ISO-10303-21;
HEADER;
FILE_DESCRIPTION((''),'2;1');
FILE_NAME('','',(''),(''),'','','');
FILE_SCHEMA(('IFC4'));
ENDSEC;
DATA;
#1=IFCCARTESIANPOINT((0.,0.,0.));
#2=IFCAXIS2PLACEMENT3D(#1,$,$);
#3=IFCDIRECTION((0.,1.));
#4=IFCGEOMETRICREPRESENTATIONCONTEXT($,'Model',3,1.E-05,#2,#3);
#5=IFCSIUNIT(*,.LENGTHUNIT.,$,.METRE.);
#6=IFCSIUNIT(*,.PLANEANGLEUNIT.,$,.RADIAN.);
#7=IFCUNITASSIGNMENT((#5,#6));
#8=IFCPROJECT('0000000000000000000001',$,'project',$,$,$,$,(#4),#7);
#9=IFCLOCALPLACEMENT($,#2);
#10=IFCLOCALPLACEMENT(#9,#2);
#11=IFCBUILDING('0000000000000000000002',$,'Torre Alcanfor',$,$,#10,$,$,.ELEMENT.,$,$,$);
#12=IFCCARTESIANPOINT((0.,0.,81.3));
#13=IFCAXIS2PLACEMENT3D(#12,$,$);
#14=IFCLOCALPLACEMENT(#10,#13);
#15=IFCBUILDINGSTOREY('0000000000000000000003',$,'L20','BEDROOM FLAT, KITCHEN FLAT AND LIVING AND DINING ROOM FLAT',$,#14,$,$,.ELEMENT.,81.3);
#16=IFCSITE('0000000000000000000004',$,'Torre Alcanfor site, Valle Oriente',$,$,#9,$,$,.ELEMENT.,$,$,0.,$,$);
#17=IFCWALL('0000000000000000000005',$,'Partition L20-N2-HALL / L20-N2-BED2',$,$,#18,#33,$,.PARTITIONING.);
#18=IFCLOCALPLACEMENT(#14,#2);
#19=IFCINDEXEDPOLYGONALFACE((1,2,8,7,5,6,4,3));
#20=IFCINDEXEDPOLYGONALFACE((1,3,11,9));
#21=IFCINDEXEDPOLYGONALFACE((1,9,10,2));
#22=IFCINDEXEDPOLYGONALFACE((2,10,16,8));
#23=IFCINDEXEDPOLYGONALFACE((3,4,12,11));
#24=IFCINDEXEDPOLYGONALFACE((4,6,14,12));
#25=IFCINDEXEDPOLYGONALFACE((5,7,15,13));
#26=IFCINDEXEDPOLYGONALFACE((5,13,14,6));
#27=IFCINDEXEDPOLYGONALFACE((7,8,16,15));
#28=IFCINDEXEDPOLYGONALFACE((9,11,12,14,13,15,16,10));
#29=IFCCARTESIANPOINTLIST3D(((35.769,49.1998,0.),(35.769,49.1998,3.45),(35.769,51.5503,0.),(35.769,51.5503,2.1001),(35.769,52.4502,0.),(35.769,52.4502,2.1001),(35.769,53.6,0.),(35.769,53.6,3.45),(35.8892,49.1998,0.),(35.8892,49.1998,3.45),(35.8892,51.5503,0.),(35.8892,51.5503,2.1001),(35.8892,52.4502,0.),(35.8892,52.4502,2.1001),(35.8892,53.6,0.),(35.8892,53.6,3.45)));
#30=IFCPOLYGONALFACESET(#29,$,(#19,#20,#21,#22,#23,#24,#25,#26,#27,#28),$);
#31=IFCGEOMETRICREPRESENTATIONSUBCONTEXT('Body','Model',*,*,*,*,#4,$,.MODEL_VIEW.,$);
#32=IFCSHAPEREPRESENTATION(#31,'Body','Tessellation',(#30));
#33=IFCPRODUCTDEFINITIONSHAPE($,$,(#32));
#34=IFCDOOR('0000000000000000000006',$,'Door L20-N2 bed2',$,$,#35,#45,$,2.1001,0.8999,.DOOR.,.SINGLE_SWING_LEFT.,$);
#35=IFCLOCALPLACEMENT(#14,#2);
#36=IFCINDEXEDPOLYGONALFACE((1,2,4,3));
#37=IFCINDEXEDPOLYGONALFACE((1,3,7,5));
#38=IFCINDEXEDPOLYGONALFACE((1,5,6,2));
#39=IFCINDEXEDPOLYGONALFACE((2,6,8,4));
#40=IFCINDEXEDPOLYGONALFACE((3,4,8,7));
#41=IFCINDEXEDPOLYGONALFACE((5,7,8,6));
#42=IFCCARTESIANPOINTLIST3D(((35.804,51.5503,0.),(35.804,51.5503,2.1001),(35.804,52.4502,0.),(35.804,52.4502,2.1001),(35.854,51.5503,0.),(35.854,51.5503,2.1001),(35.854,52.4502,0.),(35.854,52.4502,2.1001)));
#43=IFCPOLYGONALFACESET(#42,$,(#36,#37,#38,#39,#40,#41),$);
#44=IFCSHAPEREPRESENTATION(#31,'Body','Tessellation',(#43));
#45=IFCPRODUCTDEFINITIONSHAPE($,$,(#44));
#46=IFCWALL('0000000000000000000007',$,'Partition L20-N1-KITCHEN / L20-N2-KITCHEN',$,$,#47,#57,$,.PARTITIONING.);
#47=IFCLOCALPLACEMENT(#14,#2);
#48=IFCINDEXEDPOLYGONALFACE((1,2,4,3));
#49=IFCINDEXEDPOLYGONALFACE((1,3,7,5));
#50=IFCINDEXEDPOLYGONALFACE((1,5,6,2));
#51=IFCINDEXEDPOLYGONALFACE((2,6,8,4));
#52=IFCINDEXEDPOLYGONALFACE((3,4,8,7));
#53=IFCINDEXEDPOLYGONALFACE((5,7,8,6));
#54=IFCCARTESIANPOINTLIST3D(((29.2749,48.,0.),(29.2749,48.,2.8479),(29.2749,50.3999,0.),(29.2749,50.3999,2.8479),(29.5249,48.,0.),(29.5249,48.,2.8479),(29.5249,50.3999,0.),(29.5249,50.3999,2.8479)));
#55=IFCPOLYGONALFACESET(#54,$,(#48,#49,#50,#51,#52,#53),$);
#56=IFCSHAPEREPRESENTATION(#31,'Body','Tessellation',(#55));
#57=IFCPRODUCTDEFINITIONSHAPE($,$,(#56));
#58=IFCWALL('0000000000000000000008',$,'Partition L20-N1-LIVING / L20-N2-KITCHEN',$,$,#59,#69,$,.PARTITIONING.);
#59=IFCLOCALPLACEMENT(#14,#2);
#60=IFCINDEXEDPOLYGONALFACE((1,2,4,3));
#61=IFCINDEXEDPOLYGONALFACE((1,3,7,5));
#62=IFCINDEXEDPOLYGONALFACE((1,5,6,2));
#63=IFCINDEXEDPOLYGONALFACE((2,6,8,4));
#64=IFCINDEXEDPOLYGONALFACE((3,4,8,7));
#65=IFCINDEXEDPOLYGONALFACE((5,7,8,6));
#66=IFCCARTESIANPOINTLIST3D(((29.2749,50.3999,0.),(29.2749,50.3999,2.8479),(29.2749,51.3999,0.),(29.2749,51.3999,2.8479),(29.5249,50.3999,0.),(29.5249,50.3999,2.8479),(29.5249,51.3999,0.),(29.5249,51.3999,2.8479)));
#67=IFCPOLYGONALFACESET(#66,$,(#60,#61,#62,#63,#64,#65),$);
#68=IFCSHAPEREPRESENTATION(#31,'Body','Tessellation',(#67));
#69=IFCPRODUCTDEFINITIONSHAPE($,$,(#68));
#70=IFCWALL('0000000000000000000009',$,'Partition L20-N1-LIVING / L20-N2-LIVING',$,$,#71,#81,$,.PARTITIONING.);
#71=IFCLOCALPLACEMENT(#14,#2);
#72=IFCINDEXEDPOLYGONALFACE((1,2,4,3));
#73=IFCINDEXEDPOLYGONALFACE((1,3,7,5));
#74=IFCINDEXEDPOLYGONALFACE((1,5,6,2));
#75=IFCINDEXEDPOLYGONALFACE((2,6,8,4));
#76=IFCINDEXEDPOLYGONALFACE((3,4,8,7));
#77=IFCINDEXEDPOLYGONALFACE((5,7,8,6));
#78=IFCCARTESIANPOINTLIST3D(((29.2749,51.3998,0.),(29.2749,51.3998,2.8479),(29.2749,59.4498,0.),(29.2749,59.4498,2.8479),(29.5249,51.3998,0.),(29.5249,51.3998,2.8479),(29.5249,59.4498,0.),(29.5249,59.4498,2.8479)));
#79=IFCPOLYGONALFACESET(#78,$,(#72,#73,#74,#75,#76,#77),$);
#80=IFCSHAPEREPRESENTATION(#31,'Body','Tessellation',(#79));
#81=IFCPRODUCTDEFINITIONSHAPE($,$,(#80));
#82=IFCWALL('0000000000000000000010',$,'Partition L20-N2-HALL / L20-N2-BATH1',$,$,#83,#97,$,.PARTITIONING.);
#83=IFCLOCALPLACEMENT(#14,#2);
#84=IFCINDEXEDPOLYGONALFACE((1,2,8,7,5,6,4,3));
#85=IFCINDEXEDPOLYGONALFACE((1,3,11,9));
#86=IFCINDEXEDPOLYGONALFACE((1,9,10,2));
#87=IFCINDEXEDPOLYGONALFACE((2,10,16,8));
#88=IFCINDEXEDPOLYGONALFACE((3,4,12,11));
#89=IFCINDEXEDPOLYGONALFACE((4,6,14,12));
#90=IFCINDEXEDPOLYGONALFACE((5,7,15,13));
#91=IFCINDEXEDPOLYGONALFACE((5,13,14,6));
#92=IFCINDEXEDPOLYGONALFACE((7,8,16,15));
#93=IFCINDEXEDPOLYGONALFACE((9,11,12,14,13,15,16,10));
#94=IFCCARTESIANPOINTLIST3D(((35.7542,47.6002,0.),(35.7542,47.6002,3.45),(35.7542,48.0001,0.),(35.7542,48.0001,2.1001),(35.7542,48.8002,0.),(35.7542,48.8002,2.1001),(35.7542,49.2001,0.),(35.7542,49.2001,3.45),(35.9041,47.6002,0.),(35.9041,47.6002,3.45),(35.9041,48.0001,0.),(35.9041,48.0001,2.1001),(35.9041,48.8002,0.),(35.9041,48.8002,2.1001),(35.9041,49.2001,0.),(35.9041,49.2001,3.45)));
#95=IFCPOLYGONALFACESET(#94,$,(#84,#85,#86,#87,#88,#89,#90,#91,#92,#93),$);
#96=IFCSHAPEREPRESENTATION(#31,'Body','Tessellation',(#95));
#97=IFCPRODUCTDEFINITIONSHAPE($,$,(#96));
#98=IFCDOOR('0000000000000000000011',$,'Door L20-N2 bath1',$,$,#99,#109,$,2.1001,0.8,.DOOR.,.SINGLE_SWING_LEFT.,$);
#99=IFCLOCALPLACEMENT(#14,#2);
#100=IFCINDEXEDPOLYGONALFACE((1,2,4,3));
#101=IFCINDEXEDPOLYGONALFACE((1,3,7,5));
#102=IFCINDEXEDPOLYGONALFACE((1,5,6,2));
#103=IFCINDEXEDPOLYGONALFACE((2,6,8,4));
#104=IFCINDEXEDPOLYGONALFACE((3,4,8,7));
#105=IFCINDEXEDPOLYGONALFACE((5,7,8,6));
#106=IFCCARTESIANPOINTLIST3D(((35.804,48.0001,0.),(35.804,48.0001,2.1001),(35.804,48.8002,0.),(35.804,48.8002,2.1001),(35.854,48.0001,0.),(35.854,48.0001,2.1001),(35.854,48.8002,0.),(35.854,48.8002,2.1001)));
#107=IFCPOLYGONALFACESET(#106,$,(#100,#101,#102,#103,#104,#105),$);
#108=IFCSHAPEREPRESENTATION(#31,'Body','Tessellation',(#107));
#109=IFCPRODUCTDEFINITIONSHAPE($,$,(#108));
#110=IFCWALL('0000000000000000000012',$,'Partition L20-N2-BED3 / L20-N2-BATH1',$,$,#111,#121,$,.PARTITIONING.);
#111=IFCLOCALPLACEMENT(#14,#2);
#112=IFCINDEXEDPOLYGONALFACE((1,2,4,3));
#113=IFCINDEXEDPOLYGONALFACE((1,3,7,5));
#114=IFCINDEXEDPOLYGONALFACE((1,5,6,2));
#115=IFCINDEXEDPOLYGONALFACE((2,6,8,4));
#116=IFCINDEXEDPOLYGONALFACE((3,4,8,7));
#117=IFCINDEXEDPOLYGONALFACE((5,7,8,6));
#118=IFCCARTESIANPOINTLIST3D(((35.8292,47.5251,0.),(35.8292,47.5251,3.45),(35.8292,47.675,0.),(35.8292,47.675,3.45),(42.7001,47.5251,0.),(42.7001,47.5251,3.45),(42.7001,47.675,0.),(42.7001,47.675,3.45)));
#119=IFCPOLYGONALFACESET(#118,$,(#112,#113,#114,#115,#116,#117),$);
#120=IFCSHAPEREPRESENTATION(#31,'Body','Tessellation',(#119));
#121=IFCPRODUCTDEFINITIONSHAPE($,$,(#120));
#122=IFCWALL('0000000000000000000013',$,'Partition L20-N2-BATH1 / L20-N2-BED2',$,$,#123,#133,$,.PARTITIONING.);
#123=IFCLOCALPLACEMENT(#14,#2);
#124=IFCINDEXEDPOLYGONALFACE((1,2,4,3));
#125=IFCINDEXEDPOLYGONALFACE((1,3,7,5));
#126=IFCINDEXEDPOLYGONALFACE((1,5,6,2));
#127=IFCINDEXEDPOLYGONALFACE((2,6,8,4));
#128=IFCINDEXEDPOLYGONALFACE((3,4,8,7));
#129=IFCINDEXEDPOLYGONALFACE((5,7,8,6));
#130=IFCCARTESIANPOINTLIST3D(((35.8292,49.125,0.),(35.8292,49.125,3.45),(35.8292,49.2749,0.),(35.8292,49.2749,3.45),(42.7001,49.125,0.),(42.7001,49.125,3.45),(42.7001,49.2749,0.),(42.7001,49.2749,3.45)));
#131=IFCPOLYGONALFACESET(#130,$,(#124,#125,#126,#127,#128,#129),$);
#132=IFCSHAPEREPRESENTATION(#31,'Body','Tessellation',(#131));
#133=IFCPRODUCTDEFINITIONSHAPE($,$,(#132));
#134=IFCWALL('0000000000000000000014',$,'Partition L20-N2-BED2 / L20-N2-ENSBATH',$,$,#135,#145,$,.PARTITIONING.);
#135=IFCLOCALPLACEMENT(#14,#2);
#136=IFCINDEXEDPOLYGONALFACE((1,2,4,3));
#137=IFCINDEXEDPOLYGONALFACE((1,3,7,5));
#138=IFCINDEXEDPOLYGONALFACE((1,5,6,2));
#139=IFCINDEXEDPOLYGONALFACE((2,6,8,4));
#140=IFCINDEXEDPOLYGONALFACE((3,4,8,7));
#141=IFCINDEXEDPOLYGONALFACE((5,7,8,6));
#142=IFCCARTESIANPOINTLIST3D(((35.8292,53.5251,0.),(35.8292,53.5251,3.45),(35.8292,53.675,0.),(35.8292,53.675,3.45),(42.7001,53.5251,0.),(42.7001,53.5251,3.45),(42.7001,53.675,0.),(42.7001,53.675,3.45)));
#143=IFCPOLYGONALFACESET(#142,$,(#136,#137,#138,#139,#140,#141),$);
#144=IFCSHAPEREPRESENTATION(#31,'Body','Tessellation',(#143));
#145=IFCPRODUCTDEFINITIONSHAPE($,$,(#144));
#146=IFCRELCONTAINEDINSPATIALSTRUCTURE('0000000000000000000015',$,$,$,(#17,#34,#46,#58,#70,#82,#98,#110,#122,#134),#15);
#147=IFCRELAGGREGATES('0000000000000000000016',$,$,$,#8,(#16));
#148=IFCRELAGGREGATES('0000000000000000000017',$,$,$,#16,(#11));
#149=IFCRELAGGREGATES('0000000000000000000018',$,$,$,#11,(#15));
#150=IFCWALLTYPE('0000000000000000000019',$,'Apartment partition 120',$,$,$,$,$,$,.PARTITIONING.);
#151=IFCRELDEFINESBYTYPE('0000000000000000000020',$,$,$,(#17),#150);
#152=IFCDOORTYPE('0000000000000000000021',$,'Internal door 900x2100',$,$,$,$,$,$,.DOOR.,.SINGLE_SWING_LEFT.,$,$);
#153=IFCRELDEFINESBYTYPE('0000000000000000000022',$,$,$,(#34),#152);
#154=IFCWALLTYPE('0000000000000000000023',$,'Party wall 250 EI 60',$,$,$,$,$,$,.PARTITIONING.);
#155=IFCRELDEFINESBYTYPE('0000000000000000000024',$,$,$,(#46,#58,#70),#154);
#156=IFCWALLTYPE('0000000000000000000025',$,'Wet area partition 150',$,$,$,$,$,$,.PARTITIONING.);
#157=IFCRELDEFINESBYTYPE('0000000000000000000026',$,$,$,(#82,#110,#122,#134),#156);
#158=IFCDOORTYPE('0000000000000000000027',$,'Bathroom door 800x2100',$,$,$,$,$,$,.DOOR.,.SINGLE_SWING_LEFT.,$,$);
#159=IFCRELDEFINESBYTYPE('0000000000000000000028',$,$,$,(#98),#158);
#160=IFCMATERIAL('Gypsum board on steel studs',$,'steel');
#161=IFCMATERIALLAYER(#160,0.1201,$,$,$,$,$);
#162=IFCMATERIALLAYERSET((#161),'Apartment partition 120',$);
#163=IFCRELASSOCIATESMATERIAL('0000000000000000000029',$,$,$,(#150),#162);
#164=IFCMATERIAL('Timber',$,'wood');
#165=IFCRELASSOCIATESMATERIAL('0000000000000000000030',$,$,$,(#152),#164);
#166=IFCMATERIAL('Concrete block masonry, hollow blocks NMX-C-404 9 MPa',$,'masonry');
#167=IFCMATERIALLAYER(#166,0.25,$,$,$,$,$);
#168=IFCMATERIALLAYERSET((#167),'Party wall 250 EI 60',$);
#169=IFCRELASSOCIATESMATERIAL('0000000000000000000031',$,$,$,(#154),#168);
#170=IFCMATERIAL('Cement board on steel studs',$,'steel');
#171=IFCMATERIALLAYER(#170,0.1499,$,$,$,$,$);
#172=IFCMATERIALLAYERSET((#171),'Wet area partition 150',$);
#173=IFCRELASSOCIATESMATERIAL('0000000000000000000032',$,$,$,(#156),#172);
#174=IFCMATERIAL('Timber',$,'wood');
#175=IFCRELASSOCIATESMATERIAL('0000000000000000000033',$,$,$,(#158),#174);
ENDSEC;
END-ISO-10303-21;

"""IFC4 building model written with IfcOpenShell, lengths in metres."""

from ifc_helpers import new_model, si_unit, direction, frame, frame_2d, origin, place, context, subcontext, project, spatial, rectangle, extrude, material, layer, layer_set, type_object, element, fill, save


model = new_model("IFC4")

# Units and contexts
model_context = context("Model", 3, precision=1e-05, world=origin(), true_north=direction((0.0, 1.0)))
body_context = subcontext(model_context, "Body", "Model", "MODEL_VIEW")
ifc_project = project(units=[si_unit("LENGTHUNIT", "METRE"), si_unit("PLANEANGLEUNIT", "RADIAN")], contexts=[model_context])

# Site, building, storey
site_placement = place(None, origin())
site = spatial("IfcSite", under=ifc_project, at=site_placement, Name="Torre Alcanfor site, Valle Oriente", CompositionType="ELEMENT", RefElevation=0.0)
building_placement = place(site_placement, origin())
building = spatial("IfcBuilding", under=site, at=building_placement, Name="Torre Alcanfor", CompositionType="ELEMENT")
storey_placement = place(building_placement, frame((0.0, 0.0, 81.3)))
storey = spatial("IfcBuildingStorey", under=building, at=storey_placement, Name="L20", Description="BEDROOM FLAT, KITCHEN FLAT AND LIVING AND DINING ROOM FLAT", CompositionType="ELEMENT", Elevation=81.3)

# Shared definitions
ifc_material_1 = material(Name="Gypsum board on steel studs", Category="steel")
ifc_layer_1 = layer(ifc_material_1, 0.1201)
ifc_layer_set_1 = layer_set([ifc_layer_1], Name="Apartment partition 120")
wall_type_1 = type_object("IfcWallType", Name="Apartment partition 120", PredefinedType="PARTITIONING", material=ifc_layer_set_1)

# Wall, opening, door
ifc_material_2 = material(Name="Timber", Category="wood")
door_type_1 = type_object("IfcDoorType", Name="Internal door 900x2100", OperationType="SINGLE_SWING_LEFT", PredefinedType="DOOR", material=ifc_material_2)
wall_1_placement = place(storey_placement, frame((35.8291, 53.6001, 0.0), z_axis=(0.0, 0.0, 1.0), x_axis=(0.0, -1.0, 0.0)))
wall_1 = element("IfcWall", 1, at=wall_1_placement, inside=storey, type_object=wall_type_1, Name="Partition L20-N2-HALL / L20-N2-BED2", PredefinedType="PARTITIONING", context=body_context, shape_type="SweptSolid", body=[
    extrude(rectangle(XDim=4.4001, YDim=0.1201, at=frame_2d((2.2002, 0.0))), origin(), (0.0, 0.0, 1.0), 3.45),
])
opening_1_placement = place(wall_1_placement, frame((1.1499, 0.0, 0.0)))
opening_1 = element("IfcOpeningElement", 2, at=opening_1_placement, cuts=wall_1, PredefinedType="OPENING", context=body_context, shape_type="SweptSolid", body=[
    extrude(rectangle(XDim=0.8999, YDim=2.1001, at=frame_2d((0.45, 1.05))), frame((0.0, 0.0701, 0.0), z_axis=(0.0, -1.0, 0.0), x_axis=(1.0, 0.0, 0.0)), (0.0, 0.0, 1.0), 0.1401),
])
door_1_placement = place(opening_1_placement, origin())
door_1 = element("IfcDoor", 3, at=door_1_placement, inside=storey, type_object=door_type_1, Name="Door L20-N2 bed2", OperationType="SINGLE_SWING_LEFT", OverallHeight=2.1001, OverallWidth=0.8999, PredefinedType="DOOR", context=body_context, shape_type="SweptSolid", body=[
    extrude(rectangle(XDim=0.8999, YDim=2.1001, at=frame_2d((0.45, 1.05))), frame((0.0, 0.0249, 0.0), z_axis=(0.0, -1.0, 0.0), x_axis=(1.0, 0.0, 0.0)), (0.0, 0.0, 1.0), 0.05),
])
fill(opening_1, door_1)

# Walls
ifc_material_3 = material(Name="Concrete block masonry, hollow blocks NMX-C-404 9 MPa", Category="masonry")
ifc_layer_2 = layer(ifc_material_3, 0.25)
ifc_layer_set_2 = layer_set([ifc_layer_2], Name="Party wall 250 EI 60")
wall_type_2 = type_object("IfcWallType", Name="Party wall 250 EI 60", PredefinedType="PARTITIONING", material=ifc_layer_set_2)
wall_2_placement = place(storey_placement, frame((29.3999, 48.0, 0.0), z_axis=(0.0, 0.0, 1.0), x_axis=(0.0, 1.0, 0.0)))
element("IfcWall", 4, at=wall_2_placement, inside=storey, type_object=wall_type_2, Name="Partition L20-N1-KITCHEN / L20-N2-KITCHEN", PredefinedType="PARTITIONING", context=body_context, shape_type="SweptSolid", body=[
    extrude(rectangle(XDim=2.3999, YDim=0.25, at=frame_2d((1.2, 0.0))), origin(), (0.0, 0.0, 1.0), 2.8479),
])
wall_3_placement = place(storey_placement, frame((29.3999, 50.3999, 0.0), z_axis=(0.0, 0.0, 1.0), x_axis=(0.0, 1.0, 0.0)))
element("IfcWall", 5, at=wall_3_placement, inside=storey, type_object=wall_type_2, Name="Partition L20-N1-LIVING / L20-N2-KITCHEN", PredefinedType="PARTITIONING", context=body_context, shape_type="SweptSolid", body=[
    extrude(rectangle(XDim=1.0, YDim=0.25, at=frame_2d((0.5, 0.0))), origin(), (0.0, 0.0, 1.0), 2.8479),
])
wall_4_placement = place(storey_placement, frame((29.3999, 51.3999, 0.0), z_axis=(0.0, 0.0, 1.0), x_axis=(0.0, 1.0, 0.0)))
element("IfcWall", 6, at=wall_4_placement, inside=storey, type_object=wall_type_2, Name="Partition L20-N1-LIVING / L20-N2-LIVING", PredefinedType="PARTITIONING", context=body_context, shape_type="SweptSolid", body=[
    extrude(rectangle(XDim=8.05, YDim=0.25, at=frame_2d((4.0249, 0.0))), origin(), (0.0, 0.0, 1.0), 2.8479),
])

# Wall, opening, door
ifc_material_4 = material(Name="Cement board on steel studs", Category="steel")
ifc_layer_3 = layer(ifc_material_4, 0.1499)
ifc_layer_set_3 = layer_set([ifc_layer_3], Name="Wet area partition 150")
wall_type_3 = type_object("IfcWallType", Name="Wet area partition 150", PredefinedType="PARTITIONING", material=ifc_layer_set_3)
wall_5_placement = place(storey_placement, frame((35.8291, 49.2, 0.0), z_axis=(0.0, 0.0, 1.0), x_axis=(0.0, -1.0, 0.0)))
wall_5 = element("IfcWall", 7, at=wall_5_placement, inside=storey, type_object=wall_type_3, Name="Partition L20-N2-HALL / L20-N2-BATH1", PredefinedType="PARTITIONING", context=body_context, shape_type="SweptSolid", body=[
    extrude(rectangle(XDim=1.5999, YDim=0.1499, at=frame_2d((0.7998, 0.0))), origin(), (0.0, 0.0, 1.0), 3.45),
])
opening_2_placement = place(wall_5_placement, frame((0.3999, 0.0, 0.0)))
opening_2 = element("IfcOpeningElement", 8, at=opening_2_placement, cuts=wall_5, PredefinedType="OPENING", context=body_context, shape_type="SweptSolid", body=[
    extrude(rectangle(XDim=0.8, YDim=2.1001, at=frame_2d((0.3999, 1.05))), frame((0.0, 0.085, 0.0), z_axis=(0.0, -1.0, 0.0), x_axis=(1.0, 0.0, 0.0)), (0.0, 0.0, 1.0), 0.1699),
])
ifc_material_5 = material(Name="Timber", Category="wood")
door_type_2 = type_object("IfcDoorType", Name="Bathroom door 800x2100", OperationType="SINGLE_SWING_LEFT", PredefinedType="DOOR", material=ifc_material_5)
door_2_placement = place(opening_2_placement, origin())
door_2 = element("IfcDoor", 9, at=door_2_placement, inside=storey, type_object=door_type_2, Name="Door L20-N2 bath1", OperationType="SINGLE_SWING_LEFT", OverallHeight=2.1001, OverallWidth=0.8, PredefinedType="DOOR", context=body_context, shape_type="SweptSolid", body=[
    extrude(rectangle(XDim=0.8, YDim=2.1001, at=frame_2d((0.3999, 1.05))), frame((0.0, 0.0249, 0.0), z_axis=(0.0, -1.0, 0.0), x_axis=(1.0, 0.0, 0.0)), (0.0, 0.0, 1.0), 0.05),
])
fill(opening_2, door_2)

# Walls
for number, where, z_axis, x_axis, name in (
    (10, (35.8291, 47.6001, 0.0), (0.0, 0.0, 1.0), (1.0, 0.0, 0.0), "Partition L20-N2-BED3 / L20-N2-BATH1"),
    (11, (35.8291, 49.2, 0.0), (0.0, 0.0, 1.0), (1.0, 0.0, 0.0), "Partition L20-N2-BATH1 / L20-N2-BED2"),
    (12, (35.8291, 53.6001, 0.0), (0.0, 0.0, 1.0), (1.0, 0.0, 0.0), "Partition L20-N2-BED2 / L20-N2-ENSBATH"),
):
    element("IfcWall", number, at=place(storey_placement, frame(where, z_axis=z_axis, x_axis=x_axis)), inside=storey, type_object=wall_type_3, Name=name, PredefinedType="PARTITIONING", context=body_context, shape_type="SweptSolid", body=[
        extrude(rectangle(XDim=6.8708, YDim=0.1499, at=frame_2d((3.4355, 0.0))), origin(), (0.0, 0.0, 1.0), 3.45),
    ])

save(model, "model.ifc")
